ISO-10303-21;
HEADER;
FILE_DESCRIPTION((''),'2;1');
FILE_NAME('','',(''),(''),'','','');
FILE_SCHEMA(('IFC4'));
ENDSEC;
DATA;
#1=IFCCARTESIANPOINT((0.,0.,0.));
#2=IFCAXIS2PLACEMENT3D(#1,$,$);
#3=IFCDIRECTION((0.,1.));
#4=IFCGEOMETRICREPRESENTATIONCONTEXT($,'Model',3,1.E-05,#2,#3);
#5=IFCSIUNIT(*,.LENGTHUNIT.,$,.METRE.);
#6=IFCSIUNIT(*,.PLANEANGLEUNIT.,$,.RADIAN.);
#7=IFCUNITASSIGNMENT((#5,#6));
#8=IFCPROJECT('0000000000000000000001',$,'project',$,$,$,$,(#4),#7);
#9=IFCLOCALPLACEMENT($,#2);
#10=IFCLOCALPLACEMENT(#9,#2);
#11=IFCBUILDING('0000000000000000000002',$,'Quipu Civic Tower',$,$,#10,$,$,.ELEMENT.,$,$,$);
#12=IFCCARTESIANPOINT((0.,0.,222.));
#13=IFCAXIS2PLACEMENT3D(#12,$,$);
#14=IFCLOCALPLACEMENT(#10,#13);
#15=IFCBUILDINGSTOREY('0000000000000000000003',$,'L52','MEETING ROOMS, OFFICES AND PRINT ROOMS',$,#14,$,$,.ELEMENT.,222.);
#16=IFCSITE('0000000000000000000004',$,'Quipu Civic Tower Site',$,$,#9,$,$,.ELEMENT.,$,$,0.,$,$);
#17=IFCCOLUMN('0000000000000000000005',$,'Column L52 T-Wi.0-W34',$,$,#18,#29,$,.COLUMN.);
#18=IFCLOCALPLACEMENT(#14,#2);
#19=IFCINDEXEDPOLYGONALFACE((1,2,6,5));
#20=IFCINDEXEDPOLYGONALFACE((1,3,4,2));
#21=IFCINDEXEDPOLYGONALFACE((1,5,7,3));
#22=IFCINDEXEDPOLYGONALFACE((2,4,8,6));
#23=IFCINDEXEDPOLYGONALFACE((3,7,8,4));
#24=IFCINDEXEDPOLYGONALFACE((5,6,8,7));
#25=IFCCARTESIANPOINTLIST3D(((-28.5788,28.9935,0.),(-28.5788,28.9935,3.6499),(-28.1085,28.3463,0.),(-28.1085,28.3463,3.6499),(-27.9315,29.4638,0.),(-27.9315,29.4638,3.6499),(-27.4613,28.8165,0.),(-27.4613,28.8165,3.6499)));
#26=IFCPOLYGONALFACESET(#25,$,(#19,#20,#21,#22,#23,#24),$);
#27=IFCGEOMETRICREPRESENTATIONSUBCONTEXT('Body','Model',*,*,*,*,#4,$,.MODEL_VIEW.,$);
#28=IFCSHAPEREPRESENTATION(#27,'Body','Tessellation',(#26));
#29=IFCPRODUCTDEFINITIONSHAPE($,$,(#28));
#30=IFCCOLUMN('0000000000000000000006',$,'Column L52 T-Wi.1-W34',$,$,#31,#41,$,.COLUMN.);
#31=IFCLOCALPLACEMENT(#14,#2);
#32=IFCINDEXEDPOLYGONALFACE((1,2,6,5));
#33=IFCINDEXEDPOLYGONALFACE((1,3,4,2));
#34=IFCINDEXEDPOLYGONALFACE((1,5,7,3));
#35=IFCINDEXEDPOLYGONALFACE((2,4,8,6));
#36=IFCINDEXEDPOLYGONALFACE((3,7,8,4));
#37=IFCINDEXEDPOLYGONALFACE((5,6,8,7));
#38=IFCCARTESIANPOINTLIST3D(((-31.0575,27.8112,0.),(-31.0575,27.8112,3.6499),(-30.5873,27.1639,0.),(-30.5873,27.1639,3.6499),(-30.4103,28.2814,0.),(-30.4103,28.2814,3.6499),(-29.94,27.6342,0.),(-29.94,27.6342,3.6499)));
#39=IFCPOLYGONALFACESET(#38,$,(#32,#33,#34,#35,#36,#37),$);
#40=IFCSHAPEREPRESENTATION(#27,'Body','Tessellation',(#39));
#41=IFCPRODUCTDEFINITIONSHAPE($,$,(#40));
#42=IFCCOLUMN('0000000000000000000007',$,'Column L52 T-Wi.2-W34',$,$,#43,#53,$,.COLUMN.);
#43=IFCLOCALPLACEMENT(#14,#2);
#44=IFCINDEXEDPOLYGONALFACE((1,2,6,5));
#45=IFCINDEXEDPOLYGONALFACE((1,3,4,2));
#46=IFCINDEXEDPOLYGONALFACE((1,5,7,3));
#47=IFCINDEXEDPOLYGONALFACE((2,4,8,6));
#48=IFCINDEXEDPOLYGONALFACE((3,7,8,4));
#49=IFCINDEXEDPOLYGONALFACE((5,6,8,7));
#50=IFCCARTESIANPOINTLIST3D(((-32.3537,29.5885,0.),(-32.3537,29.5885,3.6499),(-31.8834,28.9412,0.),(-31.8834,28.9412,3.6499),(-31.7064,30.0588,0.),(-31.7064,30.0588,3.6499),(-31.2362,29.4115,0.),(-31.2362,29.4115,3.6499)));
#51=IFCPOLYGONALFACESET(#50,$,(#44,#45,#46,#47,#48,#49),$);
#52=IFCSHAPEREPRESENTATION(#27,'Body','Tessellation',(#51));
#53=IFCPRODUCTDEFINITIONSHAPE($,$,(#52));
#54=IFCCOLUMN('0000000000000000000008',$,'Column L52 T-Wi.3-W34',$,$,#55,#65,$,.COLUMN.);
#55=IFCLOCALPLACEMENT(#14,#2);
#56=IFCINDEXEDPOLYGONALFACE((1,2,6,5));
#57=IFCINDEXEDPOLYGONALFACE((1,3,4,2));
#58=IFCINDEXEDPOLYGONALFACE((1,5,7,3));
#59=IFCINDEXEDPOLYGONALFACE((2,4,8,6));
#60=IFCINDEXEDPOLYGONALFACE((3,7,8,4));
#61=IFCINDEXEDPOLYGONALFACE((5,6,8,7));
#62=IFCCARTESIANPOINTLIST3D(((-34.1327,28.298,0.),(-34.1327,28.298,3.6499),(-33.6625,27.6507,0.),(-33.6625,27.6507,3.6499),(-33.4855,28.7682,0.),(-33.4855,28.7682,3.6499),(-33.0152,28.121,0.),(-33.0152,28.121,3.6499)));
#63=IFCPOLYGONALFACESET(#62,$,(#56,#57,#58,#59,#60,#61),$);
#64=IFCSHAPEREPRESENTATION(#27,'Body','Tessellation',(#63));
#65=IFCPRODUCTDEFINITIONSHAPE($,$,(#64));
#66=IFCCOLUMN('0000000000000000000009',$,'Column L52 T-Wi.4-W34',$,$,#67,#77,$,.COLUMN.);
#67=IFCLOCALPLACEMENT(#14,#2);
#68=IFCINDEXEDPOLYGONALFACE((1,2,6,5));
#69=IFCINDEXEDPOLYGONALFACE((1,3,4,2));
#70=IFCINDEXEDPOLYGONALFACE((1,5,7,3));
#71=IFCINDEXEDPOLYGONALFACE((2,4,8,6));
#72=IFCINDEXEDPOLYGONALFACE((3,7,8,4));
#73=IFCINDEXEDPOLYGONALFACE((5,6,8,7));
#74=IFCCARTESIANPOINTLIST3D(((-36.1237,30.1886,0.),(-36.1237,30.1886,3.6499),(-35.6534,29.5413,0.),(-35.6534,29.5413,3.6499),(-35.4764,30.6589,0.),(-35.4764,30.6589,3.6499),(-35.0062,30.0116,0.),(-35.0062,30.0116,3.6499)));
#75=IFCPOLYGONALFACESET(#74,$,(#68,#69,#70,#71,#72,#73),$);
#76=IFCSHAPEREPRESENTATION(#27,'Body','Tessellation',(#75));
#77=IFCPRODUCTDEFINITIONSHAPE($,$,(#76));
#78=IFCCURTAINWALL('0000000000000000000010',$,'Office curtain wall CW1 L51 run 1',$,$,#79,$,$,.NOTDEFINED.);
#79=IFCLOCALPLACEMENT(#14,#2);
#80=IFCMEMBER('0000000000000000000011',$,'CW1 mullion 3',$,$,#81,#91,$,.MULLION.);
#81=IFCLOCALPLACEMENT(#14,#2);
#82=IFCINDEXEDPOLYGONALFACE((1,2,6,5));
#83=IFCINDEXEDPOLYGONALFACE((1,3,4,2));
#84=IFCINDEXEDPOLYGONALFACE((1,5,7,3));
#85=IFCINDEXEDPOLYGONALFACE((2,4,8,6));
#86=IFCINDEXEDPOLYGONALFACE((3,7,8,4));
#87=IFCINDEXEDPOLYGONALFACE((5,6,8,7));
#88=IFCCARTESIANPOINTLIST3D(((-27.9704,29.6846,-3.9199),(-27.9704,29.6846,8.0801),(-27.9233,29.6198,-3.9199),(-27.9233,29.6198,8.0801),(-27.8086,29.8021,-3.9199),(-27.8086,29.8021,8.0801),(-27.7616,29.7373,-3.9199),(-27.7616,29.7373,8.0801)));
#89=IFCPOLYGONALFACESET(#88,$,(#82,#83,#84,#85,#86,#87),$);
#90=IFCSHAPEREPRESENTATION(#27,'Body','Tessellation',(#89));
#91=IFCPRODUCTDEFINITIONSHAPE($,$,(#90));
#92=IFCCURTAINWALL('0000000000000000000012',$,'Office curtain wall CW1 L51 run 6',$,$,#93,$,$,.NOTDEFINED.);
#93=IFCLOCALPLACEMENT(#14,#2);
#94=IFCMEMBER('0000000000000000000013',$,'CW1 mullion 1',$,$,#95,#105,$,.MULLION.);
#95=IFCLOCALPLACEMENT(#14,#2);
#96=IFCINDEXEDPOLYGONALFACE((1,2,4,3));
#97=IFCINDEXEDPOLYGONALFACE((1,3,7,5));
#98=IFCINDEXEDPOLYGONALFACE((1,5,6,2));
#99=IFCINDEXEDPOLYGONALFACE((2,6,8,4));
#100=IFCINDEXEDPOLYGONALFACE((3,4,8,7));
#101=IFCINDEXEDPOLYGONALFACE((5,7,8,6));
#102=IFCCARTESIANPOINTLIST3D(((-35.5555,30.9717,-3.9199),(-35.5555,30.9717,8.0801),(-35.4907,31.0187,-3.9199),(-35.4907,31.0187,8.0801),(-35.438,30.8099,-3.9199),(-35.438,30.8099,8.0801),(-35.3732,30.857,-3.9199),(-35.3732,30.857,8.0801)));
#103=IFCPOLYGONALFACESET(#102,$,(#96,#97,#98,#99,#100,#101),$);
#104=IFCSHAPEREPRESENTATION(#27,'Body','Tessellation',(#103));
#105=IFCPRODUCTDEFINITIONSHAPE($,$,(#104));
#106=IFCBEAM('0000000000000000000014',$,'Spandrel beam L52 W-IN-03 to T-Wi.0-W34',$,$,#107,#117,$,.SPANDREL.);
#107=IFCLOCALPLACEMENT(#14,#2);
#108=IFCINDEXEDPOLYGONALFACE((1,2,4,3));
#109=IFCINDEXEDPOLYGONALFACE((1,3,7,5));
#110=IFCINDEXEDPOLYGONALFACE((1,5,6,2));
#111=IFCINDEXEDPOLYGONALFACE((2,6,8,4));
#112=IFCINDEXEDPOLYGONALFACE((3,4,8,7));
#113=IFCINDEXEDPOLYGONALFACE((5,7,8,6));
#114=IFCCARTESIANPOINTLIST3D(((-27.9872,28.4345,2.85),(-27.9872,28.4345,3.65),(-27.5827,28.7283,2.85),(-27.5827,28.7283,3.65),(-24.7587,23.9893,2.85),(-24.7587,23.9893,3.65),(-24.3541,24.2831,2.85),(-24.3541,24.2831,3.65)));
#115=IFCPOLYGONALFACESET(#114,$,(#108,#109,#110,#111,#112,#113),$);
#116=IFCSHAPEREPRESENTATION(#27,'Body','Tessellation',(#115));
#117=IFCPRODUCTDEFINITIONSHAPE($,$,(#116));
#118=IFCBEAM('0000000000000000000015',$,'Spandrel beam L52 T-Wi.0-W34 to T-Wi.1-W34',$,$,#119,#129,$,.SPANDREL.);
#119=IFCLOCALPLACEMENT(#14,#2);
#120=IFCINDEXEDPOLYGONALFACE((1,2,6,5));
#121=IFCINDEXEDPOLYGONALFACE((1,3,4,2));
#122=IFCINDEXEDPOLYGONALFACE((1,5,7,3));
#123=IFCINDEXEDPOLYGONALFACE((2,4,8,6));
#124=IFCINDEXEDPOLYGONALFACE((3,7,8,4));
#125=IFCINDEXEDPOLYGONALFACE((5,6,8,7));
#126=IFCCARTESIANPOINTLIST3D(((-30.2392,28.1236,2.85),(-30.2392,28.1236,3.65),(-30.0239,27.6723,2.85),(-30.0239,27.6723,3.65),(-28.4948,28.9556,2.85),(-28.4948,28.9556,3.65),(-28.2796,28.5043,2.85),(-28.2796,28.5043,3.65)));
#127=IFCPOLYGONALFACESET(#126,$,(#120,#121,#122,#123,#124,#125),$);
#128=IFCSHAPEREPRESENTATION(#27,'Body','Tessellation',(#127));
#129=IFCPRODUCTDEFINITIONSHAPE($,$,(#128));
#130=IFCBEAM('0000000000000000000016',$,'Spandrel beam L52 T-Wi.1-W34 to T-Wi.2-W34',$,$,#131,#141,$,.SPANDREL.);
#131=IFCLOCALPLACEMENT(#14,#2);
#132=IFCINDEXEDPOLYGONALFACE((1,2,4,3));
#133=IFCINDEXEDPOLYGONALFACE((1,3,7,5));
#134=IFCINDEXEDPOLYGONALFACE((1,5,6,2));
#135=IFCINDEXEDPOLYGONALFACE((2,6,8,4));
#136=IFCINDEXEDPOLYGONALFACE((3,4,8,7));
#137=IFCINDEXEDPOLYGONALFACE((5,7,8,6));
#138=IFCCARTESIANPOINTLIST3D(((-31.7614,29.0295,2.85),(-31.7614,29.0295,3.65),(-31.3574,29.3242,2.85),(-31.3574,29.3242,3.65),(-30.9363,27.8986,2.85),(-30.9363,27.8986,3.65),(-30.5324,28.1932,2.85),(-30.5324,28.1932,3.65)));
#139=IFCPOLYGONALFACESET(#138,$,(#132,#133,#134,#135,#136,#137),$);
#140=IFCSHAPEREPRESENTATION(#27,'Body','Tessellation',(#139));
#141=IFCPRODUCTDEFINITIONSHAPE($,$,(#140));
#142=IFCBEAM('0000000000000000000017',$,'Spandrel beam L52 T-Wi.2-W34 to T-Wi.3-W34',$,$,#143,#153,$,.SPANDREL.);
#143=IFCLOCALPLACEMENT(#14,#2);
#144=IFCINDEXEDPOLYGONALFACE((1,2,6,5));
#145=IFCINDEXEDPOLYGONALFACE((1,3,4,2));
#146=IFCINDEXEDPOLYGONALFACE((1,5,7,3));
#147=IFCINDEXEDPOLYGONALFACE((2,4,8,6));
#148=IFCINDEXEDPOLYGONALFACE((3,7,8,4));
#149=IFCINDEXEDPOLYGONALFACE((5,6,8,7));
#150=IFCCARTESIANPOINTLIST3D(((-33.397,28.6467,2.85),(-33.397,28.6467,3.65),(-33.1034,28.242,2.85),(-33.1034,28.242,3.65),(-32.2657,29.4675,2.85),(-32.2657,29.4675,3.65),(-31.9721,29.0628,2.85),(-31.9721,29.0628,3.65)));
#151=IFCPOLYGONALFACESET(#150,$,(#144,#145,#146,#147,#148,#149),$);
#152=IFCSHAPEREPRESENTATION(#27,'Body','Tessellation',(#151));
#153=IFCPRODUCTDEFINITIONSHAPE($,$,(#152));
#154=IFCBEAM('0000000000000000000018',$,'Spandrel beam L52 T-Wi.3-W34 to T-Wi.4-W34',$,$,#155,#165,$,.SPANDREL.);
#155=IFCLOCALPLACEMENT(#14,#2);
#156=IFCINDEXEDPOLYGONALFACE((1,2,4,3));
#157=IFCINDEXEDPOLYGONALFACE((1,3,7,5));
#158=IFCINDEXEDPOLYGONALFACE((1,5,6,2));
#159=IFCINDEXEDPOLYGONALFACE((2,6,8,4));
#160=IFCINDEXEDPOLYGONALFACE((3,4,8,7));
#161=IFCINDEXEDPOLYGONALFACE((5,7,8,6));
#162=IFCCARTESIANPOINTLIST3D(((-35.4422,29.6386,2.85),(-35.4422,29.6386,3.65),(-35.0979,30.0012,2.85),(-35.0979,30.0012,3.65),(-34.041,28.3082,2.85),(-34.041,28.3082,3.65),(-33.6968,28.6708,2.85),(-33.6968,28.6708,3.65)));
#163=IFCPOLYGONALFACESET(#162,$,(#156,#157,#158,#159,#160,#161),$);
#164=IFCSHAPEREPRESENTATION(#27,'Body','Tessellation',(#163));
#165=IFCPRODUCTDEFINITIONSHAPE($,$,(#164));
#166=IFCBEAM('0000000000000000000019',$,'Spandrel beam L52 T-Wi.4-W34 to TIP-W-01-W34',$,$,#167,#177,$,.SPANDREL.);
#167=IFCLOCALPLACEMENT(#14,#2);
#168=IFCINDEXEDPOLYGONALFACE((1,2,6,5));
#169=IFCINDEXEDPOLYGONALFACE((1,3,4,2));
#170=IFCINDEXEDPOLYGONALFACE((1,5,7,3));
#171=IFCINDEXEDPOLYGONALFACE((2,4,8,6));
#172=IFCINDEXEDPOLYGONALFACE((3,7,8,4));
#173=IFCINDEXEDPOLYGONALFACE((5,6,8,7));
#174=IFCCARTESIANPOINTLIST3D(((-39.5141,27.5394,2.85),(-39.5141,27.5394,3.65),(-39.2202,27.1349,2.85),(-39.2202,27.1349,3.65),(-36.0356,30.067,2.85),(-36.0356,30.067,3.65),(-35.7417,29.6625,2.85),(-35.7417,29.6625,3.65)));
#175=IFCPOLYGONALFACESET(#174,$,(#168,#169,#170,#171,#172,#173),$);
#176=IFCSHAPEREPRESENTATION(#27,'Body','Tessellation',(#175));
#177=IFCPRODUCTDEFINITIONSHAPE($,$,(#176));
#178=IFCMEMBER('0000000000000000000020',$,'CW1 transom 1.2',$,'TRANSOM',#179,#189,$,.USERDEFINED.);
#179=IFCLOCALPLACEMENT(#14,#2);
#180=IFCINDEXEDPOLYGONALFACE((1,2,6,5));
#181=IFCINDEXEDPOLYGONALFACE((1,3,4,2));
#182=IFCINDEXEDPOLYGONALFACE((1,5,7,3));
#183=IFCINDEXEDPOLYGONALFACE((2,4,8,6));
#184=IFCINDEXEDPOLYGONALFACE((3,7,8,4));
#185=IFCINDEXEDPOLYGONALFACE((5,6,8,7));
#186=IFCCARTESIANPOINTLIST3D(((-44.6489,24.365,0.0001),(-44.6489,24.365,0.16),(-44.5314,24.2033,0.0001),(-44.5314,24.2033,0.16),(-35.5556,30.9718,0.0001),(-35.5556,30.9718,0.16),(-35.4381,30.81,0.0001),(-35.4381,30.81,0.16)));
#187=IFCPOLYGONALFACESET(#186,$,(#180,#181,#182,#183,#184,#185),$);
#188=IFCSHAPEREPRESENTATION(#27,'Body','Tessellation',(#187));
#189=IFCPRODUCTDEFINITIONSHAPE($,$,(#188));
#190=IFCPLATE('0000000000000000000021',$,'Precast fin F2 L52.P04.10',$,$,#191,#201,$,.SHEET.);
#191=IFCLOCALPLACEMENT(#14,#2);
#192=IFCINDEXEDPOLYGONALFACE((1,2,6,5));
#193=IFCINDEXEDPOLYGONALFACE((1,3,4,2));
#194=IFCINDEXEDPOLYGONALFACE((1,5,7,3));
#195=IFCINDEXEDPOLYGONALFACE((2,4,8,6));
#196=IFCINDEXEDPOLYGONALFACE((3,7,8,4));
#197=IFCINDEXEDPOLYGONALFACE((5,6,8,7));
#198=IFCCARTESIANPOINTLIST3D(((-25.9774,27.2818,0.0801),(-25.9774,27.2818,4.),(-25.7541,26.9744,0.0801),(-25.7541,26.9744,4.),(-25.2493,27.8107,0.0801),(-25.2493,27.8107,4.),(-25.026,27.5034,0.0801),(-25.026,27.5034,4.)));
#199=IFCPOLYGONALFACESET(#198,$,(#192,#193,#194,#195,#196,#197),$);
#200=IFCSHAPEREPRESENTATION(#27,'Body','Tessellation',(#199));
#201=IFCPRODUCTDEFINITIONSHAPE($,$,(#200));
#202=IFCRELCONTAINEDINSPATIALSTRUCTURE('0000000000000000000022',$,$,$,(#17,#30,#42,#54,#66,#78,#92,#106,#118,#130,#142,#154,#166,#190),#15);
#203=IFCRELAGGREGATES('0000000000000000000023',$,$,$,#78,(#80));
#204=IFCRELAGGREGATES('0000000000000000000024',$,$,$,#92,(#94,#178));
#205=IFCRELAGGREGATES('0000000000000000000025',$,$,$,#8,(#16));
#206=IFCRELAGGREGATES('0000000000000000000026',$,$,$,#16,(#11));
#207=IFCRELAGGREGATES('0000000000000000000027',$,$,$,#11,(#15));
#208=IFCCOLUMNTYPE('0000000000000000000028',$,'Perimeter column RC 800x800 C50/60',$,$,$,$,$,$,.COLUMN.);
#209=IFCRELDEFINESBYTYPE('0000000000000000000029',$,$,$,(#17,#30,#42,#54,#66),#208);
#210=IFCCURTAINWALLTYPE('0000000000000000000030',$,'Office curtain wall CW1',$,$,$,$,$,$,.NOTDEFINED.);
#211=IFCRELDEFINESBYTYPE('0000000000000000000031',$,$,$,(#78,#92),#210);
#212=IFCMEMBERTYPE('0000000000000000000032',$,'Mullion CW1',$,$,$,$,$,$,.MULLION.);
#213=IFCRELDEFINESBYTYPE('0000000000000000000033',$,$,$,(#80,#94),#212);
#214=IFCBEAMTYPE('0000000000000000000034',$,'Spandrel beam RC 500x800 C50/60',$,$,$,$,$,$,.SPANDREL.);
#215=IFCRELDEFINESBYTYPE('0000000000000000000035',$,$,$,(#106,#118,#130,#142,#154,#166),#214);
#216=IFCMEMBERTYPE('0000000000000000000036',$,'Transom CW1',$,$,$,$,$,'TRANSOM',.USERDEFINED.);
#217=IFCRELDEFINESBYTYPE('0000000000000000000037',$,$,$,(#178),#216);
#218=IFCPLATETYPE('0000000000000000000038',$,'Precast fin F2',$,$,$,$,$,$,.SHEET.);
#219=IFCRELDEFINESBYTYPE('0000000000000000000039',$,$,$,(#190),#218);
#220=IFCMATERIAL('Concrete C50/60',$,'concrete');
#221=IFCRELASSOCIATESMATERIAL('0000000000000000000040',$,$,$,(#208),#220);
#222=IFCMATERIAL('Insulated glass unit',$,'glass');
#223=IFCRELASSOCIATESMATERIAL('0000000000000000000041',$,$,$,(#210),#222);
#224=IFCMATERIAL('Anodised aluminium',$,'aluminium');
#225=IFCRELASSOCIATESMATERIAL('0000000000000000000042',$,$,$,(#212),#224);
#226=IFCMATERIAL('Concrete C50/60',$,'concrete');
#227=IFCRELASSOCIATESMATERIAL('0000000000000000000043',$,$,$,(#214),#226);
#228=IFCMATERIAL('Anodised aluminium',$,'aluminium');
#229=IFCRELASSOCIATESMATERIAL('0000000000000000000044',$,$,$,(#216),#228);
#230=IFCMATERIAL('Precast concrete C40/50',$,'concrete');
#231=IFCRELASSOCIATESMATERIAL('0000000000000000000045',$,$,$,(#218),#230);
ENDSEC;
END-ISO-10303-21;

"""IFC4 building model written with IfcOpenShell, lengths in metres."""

from ifc_helpers import new_model, si_unit, direction, frame, origin, origin_2d, place, context, subcontext, project, spatial, rectangle, extrude, material, material_profile, profile_set, type_object, element, aggregate, save


model = new_model("IFC4")

# Units and contexts
model_context = context("Model", 3, precision=1e-05, world=origin(), true_north=direction((0.0, 1.0)))
body_context = subcontext(model_context, "Body", "Model", "MODEL_VIEW")
ifc_project = project(units=[si_unit("LENGTHUNIT", "METRE"), si_unit("PLANEANGLEUNIT", "RADIAN")], contexts=[model_context])

# Site, building, storey
site_placement = place(None, origin())
site = spatial("IfcSite", under=ifc_project, at=site_placement, Name="Quipu Civic Tower Site", CompositionType="ELEMENT", RefElevation=0.0)
building_placement = place(site_placement, origin())
building = spatial("IfcBuilding", under=site, at=building_placement, Name="Quipu Civic Tower", CompositionType="ELEMENT")
storey_placement = place(building_placement, frame((0.0, 0.0, 222.0)))
storey = spatial("IfcBuildingStorey", under=building, at=storey_placement, Name="L52", Description="MEETING ROOMS, OFFICES AND PRINT ROOMS", CompositionType="ELEMENT", Elevation=222.0)

# Columns
ifc_material_1 = material(Name="Concrete C50/60", Category="concrete")
ifc_material_profile_1 = material_profile(ifc_material_1, rectangle(XDim=0.8, YDim=0.8, at=origin_2d()), Name="RC800x800")
ifc_profile_set_1 = profile_set([ifc_material_profile_1], Name="Concrete C50/60")
column_type = type_object("IfcColumnType", Name="Perimeter column RC 800x800 C50/60", PredefinedType="COLUMN", material=ifc_profile_set_1)
for number, where, z_axis, x_axis, name in (
    (1, (-28.02, 28.905, 0.0), (0.0, 0.0, 1.0), (-0.809017, -0.587785, 0.0), "Column L52 T-Wi.0-W34"),
    (2, (-30.4988, 27.7227, 0.0), (0.0, 0.0, 1.0), (-0.809017, -0.587785, 0.0), "Column L52 T-Wi.1-W34"),
    (3, (-31.7949, 29.5, 0.0), (0.0, 0.0, 1.0), (-0.587785, 0.809017, 0.0), "Column L52 T-Wi.2-W34"),
    (4, (-33.574, 28.2095, 0.0), (0.0, 0.0, 1.0), (-0.587785, 0.809017, 0.0), "Column L52 T-Wi.3-W34"),
    (5, (-35.5649, 30.1001, 0.0), (0.0, 0.0, 1.0), (-0.809017, -0.587785, 0.0), "Column L52 T-Wi.4-W34"),
):
    element("IfcColumn", number, at=place(storey_placement, frame(where, z_axis=z_axis, x_axis=x_axis)), inside=storey, type_object=column_type, Name=name, PredefinedType="COLUMN", context=body_context, shape_type="SweptSolid", body=[
        extrude(rectangle(XDim=0.8, YDim=0.8, at=origin_2d()), origin(), (0.0, 0.0, 1.0), 3.6499),
    ])

# Curtain walls, members
ifc_material_2 = material(Name="Insulated glass unit", Category="glass")
curtain_wall_type = type_object("IfcCurtainWallType", Name="Office curtain wall CW1", PredefinedType="NOTDEFINED", material=ifc_material_2)
curtain_wall_1_placement = place(storey_placement, origin())
curtain_wall_1 = element("IfcCurtainWall", 6, at=curtain_wall_1_placement, inside=storey, type_object=curtain_wall_type, Name="Office curtain wall CW1 L51 run 1", PredefinedType="NOTDEFINED")
ifc_material_3 = material(Name="Anodised aluminium", Category="aluminium")
ifc_material_profile_2 = material_profile(ifc_material_3, rectangle(XDim=0.2, YDim=0.0801, at=origin_2d()), Name="RECT 200x80")
ifc_profile_set_2 = profile_set([ifc_material_profile_2], Name="Anodised aluminium")
member_type_1 = type_object("IfcMemberType", Name="Mullion CW1", PredefinedType="MULLION", material=ifc_profile_set_2)
member_1_placement = place(storey_placement, frame((-27.866, 29.7109, -3.9199), z_axis=(0.0, 0.0, 1.0), x_axis=(-0.809014, -0.587789, 0.0)))
member_1 = element("IfcMember", 7, at=member_1_placement, type_object=member_type_1, Name="CW1 mullion 3", PredefinedType="MULLION", context=body_context, shape_type="SweptSolid", body=[
    extrude(rectangle(XDim=0.2, YDim=0.0801, at=origin_2d()), origin(), (0.0, 0.0, 1.0), 12.0),
])
aggregate(curtain_wall_1, [member_1])
curtain_wall_2_placement = place(storey_placement, origin())
curtain_wall_2 = element("IfcCurtainWall", 8, at=curtain_wall_2_placement, inside=storey, type_object=curtain_wall_type, Name="Office curtain wall CW1 L51 run 6", PredefinedType="NOTDEFINED")
member_2_placement = place(storey_placement, frame((-35.4644, 30.9143, -3.9199), z_axis=(0.0, 0.0, 1.0), x_axis=(0.587788, -0.809015, 0.0)))
member_2 = element("IfcMember", 9, at=member_2_placement, type_object=member_type_1, Name="CW1 mullion 1", PredefinedType="MULLION", context=body_context, shape_type="SweptSolid", body=[
    extrude(rectangle(XDim=0.2, YDim=0.0801, at=origin_2d()), origin(), (0.0, 0.0, 1.0), 12.0),
])

# Beams
ifc_material_4 = material(Name="Concrete C50/60", Category="concrete")
ifc_material_profile_3 = material_profile(ifc_material_4, rectangle(XDim=0.5, YDim=0.8, at=origin_2d()), Name="RC500x800")
ifc_profile_set_3 = profile_set([ifc_material_profile_3], Name="Concrete C50/60")
beam_type = type_object("IfcBeamType", Name="Spandrel beam RC 500x800 C50/60", PredefinedType="SPANDREL", material=ifc_profile_set_3)
beam_1_placement = place(storey_placement, frame((-24.5564, 24.1362, 3.25), z_axis=(-0.587664, 0.809105, 0.0), x_axis=(-0.809105, -0.587664, 0.0)))
element("IfcBeam", 10, at=beam_1_placement, inside=storey, type_object=beam_type, Name="Spandrel beam L52 W-IN-03 to T-Wi.0-W34", PredefinedType="SPANDREL", context=body_context, shape_type="SweptSolid", body=[
    extrude(rectangle(XDim=0.5, YDim=0.8, at=origin_2d()), origin(), (0.0, 0.0, 1.0), 5.4939),
])
beam_2_placement = place(storey_placement, frame((-28.3872, 28.73, 3.25), z_axis=(-0.902585, -0.430512, 0.0), x_axis=(0.430512, -0.902585, 0.0)))
element("IfcBeam", 11, at=beam_2_placement, inside=storey, type_object=beam_type, Name="Spandrel beam L52 T-Wi.0-W34 to T-Wi.1-W34", PredefinedType="SPANDREL", context=body_context, shape_type="SweptSolid", body=[
    extrude(rectangle(XDim=0.5, YDim=0.8, at=origin_2d()), origin(), (0.0, 0.0, 1.0), 1.9326),
])
beam_3_placement = place(storey_placement, frame((-30.7344, 28.0459, 3.25), z_axis=(-0.589343, 0.807883, 0.0), x_axis=(-0.807883, -0.589343, 0.0)))
element("IfcBeam", 12, at=beam_3_placement, inside=storey, type_object=beam_type, Name="Spandrel beam L52 T-Wi.1-W34 to T-Wi.2-W34", PredefinedType="SPANDREL", context=body_context, shape_type="SweptSolid", body=[
    extrude(rectangle(XDim=0.5, YDim=0.8, at=origin_2d()), origin(), (0.0, 0.0, 1.0), 1.3999),
])
beam_4_placement = place(storey_placement, frame((-32.1189, 29.2651, 3.25), z_axis=(-0.809415, -0.587237, 0.0), x_axis=(0.587237, -0.809415, 0.0)))
element("IfcBeam", 13, at=beam_4_placement, inside=storey, type_object=beam_type, Name="Spandrel beam L52 T-Wi.2-W34 to T-Wi.3-W34", PredefinedType="SPANDREL", context=body_context, shape_type="SweptSolid", body=[
    extrude(rectangle(XDim=0.5, YDim=0.8, at=origin_2d()), origin(), (0.0, 0.0, 1.0), 1.3977),
])
beam_5_placement = place(storey_placement, frame((-33.8689, 28.4895, 3.25), z_axis=(-0.725192, 0.688547, 0.0), x_axis=(-0.688547, -0.725192, 0.0)))
element("IfcBeam", 14, at=beam_5_placement, inside=storey, type_object=beam_type, Name="Spandrel beam L52 T-Wi.3-W34 to T-Wi.4-W34", PredefinedType="SPANDREL", context=body_context, shape_type="SweptSolid", body=[
    extrude(rectangle(XDim=0.5, YDim=0.8, at=origin_2d()), origin(), (0.0, 0.0, 1.0), 1.9321),
])
beam_6_placement = place(storey_placement, frame((-35.8887, 29.8647, 3.25), z_axis=(-0.808984, -0.587831, 0.0), x_axis=(0.587831, -0.808984, 0.0)))
element("IfcBeam", 15, at=beam_6_placement, inside=storey, type_object=beam_type, Name="Spandrel beam L52 T-Wi.4-W34 to TIP-W-01-W34", PredefinedType="SPANDREL", context=body_context, shape_type="SweptSolid", body=[
    extrude(rectangle(XDim=0.5, YDim=0.8, at=origin_2d()), origin(), (0.0, 0.0, 1.0), 4.2998),
])

# Member
ifc_material_5 = material(Name="Anodised aluminium", Category="aluminium")
ifc_material_profile_4 = material_profile(ifc_material_5, rectangle(XDim=0.2, YDim=0.1599, at=origin_2d()), Name="RECT 200x160")
ifc_profile_set_4 = profile_set([ifc_material_profile_4], Name="Anodised aluminium")
member_type_2 = type_object("IfcMemberType", Name="Transom CW1", ElementType="TRANSOM", PredefinedType="USERDEFINED", material=ifc_profile_set_4)
member_3_placement = place(storey_placement, frame((-35.4968, 30.8909, 0.0801), z_axis=(-0.809015, -0.587788, 0.0), x_axis=(0.587788, -0.809015, 0.0)))
member_3 = element("IfcMember", 16, at=member_3_placement, type_object=member_type_2, Name="CW1 transom 1.2", ObjectType="TRANSOM", PredefinedType="USERDEFINED", context=body_context, shape_type="SweptSolid", body=[
    extrude(rectangle(XDim=0.2, YDim=0.1599, at=origin_2d()), origin(), (0.0, 0.0, 1.0), 11.24),
])
aggregate(curtain_wall_2, [member_2, member_3])

# Plate
ifc_material_6 = material(Name="Precast concrete C40/50", Category="concrete")
plate_type = type_object("IfcPlateType", Name="Precast fin F2", PredefinedType="SHEET", material=ifc_material_6)
for number, where, z_axis, x_axis, name in (
    (17, (-25.5017, 27.3926, 0.0801), (0.0, 0.0, 1.0), (-0.587787, 0.809016, 0.0), "Precast fin F2 L52.P04.10"),
):
    element("IfcPlate", number, at=place(storey_placement, frame(where, z_axis=z_axis, x_axis=x_axis)), inside=storey, type_object=plate_type, Name=name, PredefinedType="SHEET", context=body_context, shape_type="SweptSolid", body=[
        extrude(rectangle(XDim=0.3799, YDim=0.8999, at=origin_2d()), origin(), (0.0, 0.0, 1.0), 3.9199),
    ])

save(model, "model.ifc")
